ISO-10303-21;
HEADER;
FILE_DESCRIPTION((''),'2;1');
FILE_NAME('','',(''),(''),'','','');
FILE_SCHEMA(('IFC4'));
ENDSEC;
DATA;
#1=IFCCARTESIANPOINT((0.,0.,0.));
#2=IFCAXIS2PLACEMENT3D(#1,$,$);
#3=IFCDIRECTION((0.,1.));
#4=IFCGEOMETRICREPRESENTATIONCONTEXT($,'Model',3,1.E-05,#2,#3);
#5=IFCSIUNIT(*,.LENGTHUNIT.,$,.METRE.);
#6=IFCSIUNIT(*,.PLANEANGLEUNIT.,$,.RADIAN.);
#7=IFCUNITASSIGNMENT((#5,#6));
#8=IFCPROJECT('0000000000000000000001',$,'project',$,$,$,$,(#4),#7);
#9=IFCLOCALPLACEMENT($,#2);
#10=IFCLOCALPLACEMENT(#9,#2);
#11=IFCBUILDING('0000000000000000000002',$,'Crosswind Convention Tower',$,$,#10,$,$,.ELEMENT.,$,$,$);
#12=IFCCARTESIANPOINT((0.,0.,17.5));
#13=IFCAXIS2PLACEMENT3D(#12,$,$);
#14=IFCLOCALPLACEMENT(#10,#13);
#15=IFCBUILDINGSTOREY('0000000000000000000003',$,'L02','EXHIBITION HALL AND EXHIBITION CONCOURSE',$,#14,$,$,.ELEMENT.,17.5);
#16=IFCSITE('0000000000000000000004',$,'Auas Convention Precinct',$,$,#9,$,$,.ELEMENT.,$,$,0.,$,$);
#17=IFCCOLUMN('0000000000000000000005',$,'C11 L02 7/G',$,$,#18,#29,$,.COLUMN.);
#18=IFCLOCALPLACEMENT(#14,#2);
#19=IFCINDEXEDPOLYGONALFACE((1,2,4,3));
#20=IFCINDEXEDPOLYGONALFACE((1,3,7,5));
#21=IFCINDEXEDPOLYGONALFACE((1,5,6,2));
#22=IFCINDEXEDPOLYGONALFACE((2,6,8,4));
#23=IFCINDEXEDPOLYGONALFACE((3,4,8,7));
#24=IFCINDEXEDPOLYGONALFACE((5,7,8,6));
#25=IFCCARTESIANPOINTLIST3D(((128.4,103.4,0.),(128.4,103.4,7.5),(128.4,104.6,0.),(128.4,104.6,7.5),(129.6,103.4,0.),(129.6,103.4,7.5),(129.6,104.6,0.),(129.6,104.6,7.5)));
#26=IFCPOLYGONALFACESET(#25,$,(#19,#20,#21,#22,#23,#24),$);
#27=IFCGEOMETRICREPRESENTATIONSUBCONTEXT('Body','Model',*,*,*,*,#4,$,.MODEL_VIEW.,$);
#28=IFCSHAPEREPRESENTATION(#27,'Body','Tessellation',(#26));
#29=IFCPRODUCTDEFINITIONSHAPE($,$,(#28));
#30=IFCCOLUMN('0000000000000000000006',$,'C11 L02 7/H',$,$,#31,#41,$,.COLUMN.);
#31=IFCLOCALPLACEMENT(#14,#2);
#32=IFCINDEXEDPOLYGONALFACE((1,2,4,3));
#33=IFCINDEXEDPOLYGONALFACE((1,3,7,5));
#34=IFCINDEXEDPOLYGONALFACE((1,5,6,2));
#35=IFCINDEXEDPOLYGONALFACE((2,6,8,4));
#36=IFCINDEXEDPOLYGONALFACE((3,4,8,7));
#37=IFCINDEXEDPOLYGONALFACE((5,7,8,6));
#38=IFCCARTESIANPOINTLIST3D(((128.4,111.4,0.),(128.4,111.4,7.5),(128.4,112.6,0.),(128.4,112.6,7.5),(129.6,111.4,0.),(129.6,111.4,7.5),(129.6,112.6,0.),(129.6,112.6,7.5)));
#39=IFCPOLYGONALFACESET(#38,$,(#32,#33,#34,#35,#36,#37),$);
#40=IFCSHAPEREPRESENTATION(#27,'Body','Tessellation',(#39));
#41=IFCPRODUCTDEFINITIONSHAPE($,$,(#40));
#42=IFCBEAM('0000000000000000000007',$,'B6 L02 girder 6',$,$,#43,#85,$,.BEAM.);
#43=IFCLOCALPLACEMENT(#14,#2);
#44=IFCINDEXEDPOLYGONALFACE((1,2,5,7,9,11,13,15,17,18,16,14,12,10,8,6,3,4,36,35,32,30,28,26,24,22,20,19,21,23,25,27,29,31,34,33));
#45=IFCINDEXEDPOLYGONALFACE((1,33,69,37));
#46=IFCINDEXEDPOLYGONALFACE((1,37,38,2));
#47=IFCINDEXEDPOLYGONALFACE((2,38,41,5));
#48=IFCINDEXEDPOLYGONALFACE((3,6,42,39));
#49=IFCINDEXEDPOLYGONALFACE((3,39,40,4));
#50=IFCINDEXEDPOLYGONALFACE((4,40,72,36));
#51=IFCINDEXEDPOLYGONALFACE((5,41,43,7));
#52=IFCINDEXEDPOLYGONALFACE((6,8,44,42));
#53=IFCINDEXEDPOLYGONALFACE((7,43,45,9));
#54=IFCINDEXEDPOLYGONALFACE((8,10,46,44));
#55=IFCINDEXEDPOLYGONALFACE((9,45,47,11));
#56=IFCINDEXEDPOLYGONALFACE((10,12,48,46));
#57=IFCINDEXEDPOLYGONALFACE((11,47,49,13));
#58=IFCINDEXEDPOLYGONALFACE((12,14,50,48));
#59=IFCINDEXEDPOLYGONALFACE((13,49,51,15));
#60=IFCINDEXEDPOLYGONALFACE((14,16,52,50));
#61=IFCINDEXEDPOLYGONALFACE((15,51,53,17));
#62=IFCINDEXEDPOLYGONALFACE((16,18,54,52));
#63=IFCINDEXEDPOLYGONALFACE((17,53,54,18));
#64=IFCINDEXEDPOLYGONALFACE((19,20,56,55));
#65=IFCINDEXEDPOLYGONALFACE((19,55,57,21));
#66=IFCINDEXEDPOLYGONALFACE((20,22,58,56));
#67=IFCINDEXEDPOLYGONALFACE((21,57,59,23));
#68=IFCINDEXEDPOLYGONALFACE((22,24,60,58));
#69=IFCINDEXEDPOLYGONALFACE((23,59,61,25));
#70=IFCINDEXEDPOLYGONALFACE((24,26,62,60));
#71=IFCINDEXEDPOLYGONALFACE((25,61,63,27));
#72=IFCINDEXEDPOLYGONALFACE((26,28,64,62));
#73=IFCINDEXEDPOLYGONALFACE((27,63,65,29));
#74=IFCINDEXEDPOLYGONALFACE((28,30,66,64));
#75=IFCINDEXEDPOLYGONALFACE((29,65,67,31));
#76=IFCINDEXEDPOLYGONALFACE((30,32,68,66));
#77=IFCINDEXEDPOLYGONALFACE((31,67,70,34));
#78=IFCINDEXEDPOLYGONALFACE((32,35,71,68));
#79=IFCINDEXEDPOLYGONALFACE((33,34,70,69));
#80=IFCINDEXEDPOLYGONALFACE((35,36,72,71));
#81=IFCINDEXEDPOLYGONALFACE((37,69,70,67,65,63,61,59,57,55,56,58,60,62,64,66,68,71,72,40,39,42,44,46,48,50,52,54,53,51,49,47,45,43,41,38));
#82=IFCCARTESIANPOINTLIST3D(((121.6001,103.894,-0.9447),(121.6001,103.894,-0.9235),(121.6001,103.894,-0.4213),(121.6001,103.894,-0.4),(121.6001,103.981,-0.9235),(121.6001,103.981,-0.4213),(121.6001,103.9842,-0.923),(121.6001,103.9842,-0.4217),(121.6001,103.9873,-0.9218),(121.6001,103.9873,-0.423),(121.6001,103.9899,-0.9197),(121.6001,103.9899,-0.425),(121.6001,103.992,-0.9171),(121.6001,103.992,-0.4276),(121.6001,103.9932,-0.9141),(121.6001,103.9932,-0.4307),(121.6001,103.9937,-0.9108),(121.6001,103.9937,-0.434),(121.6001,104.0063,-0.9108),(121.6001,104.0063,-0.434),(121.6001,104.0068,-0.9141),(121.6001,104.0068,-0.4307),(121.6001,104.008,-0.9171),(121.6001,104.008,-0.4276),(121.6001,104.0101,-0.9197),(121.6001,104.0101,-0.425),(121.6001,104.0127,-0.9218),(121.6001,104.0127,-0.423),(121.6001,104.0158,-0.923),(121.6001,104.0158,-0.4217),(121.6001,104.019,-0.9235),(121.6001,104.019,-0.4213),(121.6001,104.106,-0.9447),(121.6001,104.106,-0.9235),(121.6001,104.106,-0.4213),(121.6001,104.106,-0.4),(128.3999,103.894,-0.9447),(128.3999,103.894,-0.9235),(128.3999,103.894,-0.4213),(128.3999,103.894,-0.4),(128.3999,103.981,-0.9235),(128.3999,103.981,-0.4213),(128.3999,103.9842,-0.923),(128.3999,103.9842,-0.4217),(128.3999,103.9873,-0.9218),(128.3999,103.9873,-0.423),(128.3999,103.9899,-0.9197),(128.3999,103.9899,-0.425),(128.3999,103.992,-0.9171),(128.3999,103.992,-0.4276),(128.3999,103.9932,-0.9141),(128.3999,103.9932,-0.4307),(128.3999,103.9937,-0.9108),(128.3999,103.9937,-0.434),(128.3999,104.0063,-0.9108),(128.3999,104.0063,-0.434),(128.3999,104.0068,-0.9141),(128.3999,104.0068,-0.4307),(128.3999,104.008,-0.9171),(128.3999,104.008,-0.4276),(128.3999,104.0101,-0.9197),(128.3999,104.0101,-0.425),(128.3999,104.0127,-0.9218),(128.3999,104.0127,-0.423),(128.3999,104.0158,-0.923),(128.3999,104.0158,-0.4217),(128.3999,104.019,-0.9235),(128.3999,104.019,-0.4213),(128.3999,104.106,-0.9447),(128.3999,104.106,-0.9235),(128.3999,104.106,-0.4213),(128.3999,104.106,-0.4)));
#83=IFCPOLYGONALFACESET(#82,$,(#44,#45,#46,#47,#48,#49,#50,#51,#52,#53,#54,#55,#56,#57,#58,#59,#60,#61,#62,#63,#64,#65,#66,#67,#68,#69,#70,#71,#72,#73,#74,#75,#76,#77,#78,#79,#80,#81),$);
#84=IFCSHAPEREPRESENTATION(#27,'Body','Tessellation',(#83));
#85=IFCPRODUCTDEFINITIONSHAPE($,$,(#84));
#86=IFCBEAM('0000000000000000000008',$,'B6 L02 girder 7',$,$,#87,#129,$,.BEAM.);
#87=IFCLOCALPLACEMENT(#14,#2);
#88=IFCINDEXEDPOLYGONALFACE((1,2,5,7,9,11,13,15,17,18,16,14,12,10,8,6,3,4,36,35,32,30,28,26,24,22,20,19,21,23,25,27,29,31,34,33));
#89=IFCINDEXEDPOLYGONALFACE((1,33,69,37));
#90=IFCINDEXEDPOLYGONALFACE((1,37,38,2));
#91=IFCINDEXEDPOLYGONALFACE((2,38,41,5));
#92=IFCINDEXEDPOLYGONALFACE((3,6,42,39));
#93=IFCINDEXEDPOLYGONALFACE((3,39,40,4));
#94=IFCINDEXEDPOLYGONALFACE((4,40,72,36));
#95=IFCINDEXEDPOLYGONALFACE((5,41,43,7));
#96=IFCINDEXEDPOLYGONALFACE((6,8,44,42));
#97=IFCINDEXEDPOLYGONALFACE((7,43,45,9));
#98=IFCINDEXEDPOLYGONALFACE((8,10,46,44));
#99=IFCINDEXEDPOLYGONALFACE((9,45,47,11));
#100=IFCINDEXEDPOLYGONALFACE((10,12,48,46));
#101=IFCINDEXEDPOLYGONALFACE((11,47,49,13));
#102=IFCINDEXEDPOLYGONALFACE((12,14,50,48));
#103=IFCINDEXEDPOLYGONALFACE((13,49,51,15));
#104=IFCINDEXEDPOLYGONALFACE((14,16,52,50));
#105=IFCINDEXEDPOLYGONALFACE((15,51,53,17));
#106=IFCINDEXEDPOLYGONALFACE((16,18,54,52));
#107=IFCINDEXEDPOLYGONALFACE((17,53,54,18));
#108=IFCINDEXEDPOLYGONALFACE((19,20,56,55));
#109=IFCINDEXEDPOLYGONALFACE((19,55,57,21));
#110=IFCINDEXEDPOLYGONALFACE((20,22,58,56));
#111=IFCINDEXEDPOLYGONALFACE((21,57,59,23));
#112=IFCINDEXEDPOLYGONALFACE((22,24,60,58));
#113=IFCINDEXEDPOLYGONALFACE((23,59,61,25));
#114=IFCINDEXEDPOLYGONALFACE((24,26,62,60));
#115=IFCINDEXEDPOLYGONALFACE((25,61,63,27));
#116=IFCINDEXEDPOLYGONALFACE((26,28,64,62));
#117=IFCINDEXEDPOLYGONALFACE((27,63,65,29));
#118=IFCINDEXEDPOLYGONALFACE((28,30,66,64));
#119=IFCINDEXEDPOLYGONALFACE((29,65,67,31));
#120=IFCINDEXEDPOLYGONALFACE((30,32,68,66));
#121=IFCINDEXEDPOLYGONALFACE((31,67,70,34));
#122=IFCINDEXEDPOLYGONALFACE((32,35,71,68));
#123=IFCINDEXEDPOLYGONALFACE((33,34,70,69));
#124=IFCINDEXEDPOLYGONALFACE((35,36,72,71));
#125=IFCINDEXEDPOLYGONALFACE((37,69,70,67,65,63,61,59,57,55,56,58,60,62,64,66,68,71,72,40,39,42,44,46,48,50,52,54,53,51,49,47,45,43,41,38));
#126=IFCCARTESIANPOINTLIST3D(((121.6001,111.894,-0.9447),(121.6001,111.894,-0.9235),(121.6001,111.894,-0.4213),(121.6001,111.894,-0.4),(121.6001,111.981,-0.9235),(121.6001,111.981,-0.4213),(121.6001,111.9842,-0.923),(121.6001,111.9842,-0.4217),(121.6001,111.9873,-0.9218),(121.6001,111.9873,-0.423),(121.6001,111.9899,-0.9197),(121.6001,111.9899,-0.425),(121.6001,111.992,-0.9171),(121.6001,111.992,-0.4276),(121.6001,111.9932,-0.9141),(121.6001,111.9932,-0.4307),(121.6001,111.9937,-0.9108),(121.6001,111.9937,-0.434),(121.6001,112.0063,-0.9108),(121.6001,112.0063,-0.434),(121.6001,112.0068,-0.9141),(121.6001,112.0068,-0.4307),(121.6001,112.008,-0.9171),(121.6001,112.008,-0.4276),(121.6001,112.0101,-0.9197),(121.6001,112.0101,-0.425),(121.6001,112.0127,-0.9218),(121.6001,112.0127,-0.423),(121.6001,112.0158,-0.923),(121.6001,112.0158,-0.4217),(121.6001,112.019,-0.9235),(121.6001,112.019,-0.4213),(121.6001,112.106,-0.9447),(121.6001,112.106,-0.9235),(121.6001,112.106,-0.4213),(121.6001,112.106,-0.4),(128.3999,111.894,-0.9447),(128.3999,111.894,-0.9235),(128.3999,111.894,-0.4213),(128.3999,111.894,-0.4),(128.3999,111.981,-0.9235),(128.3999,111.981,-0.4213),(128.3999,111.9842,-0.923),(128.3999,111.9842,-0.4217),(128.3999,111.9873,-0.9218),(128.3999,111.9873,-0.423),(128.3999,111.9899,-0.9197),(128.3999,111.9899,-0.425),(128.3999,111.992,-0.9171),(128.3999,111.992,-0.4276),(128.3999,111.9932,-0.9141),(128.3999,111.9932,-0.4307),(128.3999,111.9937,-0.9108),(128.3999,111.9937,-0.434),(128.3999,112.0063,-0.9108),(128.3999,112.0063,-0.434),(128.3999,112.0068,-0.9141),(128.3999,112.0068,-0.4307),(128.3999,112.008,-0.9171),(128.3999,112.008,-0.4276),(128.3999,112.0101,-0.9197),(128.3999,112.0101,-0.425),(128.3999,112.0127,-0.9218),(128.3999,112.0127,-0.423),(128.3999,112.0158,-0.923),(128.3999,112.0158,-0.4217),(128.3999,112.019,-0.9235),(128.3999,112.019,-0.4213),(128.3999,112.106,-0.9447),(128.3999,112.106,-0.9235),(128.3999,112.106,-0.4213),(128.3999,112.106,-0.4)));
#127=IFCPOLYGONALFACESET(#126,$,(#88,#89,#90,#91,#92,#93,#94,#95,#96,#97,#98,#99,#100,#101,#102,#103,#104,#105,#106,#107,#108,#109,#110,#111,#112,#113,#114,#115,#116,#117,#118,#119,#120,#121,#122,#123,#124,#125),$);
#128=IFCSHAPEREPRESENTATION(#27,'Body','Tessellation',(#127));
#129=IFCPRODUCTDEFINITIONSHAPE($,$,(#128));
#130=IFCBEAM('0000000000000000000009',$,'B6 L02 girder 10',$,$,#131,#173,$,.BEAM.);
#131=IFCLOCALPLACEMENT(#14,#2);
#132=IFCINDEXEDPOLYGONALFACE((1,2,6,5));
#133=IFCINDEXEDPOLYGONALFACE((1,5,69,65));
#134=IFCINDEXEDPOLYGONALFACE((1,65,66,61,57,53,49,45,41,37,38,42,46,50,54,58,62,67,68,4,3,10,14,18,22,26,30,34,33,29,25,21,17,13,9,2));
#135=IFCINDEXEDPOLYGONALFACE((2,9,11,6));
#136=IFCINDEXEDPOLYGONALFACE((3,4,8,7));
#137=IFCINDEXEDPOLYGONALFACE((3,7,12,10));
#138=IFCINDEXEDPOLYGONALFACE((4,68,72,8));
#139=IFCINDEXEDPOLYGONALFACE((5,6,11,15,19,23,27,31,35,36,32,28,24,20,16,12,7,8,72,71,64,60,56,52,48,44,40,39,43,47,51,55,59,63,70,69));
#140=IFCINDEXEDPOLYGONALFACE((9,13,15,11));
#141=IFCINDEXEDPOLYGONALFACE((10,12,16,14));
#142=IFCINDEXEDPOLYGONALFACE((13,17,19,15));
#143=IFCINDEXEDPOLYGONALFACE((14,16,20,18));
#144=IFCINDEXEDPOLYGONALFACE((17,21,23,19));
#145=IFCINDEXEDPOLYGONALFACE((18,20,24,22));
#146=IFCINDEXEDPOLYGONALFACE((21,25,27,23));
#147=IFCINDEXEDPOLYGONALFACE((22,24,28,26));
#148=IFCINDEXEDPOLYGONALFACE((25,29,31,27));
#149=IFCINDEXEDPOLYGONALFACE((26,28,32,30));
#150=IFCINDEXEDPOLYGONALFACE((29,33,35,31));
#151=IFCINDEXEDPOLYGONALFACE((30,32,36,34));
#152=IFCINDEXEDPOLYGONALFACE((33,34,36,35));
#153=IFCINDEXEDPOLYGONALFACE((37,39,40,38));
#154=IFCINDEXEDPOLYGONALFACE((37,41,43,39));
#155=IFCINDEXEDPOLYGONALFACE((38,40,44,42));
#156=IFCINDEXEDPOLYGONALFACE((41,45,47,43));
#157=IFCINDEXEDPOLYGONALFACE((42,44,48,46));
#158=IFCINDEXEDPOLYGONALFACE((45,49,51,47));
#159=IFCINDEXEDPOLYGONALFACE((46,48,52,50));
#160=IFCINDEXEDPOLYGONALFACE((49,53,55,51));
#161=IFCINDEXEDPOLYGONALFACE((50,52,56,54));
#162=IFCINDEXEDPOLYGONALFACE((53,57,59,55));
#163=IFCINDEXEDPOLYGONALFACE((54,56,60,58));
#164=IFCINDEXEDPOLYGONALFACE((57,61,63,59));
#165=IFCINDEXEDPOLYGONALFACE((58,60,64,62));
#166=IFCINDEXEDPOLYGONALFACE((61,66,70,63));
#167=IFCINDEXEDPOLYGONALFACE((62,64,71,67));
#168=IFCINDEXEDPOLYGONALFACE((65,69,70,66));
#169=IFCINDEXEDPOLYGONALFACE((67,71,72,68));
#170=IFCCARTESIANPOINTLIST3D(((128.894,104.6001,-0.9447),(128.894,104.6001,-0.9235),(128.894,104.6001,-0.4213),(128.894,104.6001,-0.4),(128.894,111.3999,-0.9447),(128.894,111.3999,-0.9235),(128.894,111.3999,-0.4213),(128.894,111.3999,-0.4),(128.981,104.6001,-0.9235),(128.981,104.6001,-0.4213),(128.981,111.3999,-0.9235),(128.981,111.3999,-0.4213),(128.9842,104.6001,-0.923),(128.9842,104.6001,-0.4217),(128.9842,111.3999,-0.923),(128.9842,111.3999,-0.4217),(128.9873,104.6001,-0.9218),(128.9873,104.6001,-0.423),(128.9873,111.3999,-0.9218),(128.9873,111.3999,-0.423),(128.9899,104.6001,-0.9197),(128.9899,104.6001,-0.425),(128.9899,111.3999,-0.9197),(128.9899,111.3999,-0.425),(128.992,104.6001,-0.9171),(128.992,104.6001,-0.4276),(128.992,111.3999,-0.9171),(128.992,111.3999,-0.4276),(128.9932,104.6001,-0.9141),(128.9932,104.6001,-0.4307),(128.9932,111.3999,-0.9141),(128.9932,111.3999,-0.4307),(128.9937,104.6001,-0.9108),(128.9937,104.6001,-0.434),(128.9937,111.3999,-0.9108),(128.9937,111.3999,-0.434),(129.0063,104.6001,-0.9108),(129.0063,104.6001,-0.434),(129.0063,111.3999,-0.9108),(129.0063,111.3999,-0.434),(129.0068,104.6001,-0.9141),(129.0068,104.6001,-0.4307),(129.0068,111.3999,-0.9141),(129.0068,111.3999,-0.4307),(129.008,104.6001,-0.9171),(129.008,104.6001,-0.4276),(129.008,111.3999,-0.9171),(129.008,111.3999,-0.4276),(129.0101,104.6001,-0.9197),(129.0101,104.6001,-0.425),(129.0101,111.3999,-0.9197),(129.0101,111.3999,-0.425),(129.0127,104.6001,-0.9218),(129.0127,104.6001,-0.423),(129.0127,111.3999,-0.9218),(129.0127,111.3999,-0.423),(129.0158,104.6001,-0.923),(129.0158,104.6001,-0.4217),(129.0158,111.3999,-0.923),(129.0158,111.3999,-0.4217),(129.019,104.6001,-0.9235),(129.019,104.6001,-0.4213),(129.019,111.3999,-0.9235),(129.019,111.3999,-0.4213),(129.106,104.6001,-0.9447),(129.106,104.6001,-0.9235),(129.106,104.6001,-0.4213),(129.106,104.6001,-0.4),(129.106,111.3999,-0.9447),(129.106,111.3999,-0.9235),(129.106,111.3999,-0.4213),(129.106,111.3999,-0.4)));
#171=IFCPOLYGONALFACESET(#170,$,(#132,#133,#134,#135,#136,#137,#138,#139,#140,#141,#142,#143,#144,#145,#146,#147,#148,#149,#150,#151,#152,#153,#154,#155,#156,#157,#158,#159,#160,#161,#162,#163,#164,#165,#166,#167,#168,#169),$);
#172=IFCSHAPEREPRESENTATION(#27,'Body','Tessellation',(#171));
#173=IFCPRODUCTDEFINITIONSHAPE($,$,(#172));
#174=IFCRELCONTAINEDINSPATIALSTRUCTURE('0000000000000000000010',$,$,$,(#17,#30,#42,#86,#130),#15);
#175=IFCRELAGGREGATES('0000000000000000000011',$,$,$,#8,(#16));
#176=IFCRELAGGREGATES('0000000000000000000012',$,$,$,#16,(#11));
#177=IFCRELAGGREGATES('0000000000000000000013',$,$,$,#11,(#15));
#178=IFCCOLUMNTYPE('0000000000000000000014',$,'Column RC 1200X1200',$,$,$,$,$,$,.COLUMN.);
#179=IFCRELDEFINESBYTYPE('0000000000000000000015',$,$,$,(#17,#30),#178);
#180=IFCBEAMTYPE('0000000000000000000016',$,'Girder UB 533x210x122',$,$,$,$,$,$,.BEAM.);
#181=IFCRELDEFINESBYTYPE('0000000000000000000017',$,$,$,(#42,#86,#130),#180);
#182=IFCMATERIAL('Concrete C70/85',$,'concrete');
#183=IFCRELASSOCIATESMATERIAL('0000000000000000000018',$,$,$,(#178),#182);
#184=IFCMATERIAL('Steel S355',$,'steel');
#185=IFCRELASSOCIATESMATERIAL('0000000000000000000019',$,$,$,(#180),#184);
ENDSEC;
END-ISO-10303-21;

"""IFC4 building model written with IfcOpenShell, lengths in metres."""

from ifc_helpers import new_model, si_unit, direction, frame, origin, origin_2d, place, context, subcontext, project, spatial, rectangle, i_section, extrude, material, material_profile, profile_set, type_object, element, save


model = new_model("IFC4")

# Units and contexts
model_context = context("Model", 3, precision=1e-05, world=origin(), true_north=direction((0.0, 1.0)))
body_context = subcontext(model_context, "Body", "Model", "MODEL_VIEW")
ifc_project = project(units=[si_unit("LENGTHUNIT", "METRE"), si_unit("PLANEANGLEUNIT", "RADIAN")], contexts=[model_context])

# Site, building, storey
site_placement = place(None, origin())
site = spatial("IfcSite", under=ifc_project, at=site_placement, Name="Auas Convention Precinct", CompositionType="ELEMENT", RefElevation=0.0)
building_placement = place(site_placement, origin())
building = spatial("IfcBuilding", under=site, at=building_placement, Name="Crosswind Convention Tower", CompositionType="ELEMENT")
storey_placement = place(building_placement, frame((0.0, 0.0, 17.5)))
storey = spatial("IfcBuildingStorey", under=building, at=storey_placement, Name="L02", Description="EXHIBITION HALL AND EXHIBITION CONCOURSE", CompositionType="ELEMENT", Elevation=17.5)

# Columns
ifc_material_1 = material(Name="Concrete C70/85", Category="concrete")
ifc_material_profile_1 = material_profile(ifc_material_1, rectangle(XDim=1.2, YDim=1.2, at=origin_2d()), Name="RC 1200X1200")
ifc_profile_set_1 = profile_set([ifc_material_profile_1], Name="Concrete C70/85")
column_type = type_object("IfcColumnType", Name="Column RC 1200X1200", PredefinedType="COLUMN", material=ifc_profile_set_1)
for number, where, z_axis, x_axis, name in (
    (1, (129.0, 104.0, 0.0), (0.0, 0.0, 1.0), (1.0, 0.0, 0.0), "C11 L02 7/G"),
    (2, (129.0, 112.0, 0.0), (0.0, 0.0, 1.0), (1.0, 0.0, 0.0), "C11 L02 7/H"),
):
    element("IfcColumn", number, at=place(storey_placement, frame(where, z_axis=z_axis, x_axis=x_axis)), inside=storey, type_object=column_type, Name=name, PredefinedType="COLUMN", context=body_context, shape_type="SweptSolid", body=[
        extrude(rectangle(XDim=1.2, YDim=1.2, at=origin_2d()), origin(), (0.0, 0.0, 1.0), 7.5),
    ])

# Beams
ifc_material_2 = material(Name="Steel S355", Category="steel")
ifc_material_profile_2 = material_profile(ifc_material_2, i_section(OverallWidth=0.2119, OverallDepth=0.5447, WebThickness=0.0127, FlangeThickness=0.0212, FilletRadius=0.0127, at=origin_2d()), Name="UB 533x210x122")
ifc_profile_set_2 = profile_set([ifc_material_profile_2], Name="Steel S355")
beam_type_1 = type_object("IfcBeamType", Name="Girder UB 533x210x122", PredefinedType="BEAM", material=ifc_profile_set_2)
for number, where, z_axis, x_axis, name in (
    (3, (121.6001, 104.0, -0.6724), (1.0, 0.0, 0.0), (0.0, 1.0, 0.0), "B6 L02 girder 6"),
    (4, (121.6001, 112.0, -0.6724), (1.0, 0.0, 0.0), (0.0, 1.0, 0.0), "B6 L02 girder 7"),
    (5, (129.0, 104.6001, -0.6724), (0.0, 1.0, 0.0), (-1.0, 0.0, 0.0), "B6 L02 girder 10"),
):
    element("IfcBeam", number, at=place(storey_placement, frame(where, z_axis=z_axis, x_axis=x_axis)), inside=storey, type_object=beam_type_1, Name=name, PredefinedType="BEAM", context=body_context, shape_type="SweptSolid", body=[
        extrude(i_section(OverallWidth=0.2119, OverallDepth=0.5447, WebThickness=0.0127, FlangeThickness=0.0212, FilletRadius=0.0127, at=origin_2d()), origin(), (0.0, 0.0, 1.0), 6.7998),
    ])

save(model, "model.ifc")
